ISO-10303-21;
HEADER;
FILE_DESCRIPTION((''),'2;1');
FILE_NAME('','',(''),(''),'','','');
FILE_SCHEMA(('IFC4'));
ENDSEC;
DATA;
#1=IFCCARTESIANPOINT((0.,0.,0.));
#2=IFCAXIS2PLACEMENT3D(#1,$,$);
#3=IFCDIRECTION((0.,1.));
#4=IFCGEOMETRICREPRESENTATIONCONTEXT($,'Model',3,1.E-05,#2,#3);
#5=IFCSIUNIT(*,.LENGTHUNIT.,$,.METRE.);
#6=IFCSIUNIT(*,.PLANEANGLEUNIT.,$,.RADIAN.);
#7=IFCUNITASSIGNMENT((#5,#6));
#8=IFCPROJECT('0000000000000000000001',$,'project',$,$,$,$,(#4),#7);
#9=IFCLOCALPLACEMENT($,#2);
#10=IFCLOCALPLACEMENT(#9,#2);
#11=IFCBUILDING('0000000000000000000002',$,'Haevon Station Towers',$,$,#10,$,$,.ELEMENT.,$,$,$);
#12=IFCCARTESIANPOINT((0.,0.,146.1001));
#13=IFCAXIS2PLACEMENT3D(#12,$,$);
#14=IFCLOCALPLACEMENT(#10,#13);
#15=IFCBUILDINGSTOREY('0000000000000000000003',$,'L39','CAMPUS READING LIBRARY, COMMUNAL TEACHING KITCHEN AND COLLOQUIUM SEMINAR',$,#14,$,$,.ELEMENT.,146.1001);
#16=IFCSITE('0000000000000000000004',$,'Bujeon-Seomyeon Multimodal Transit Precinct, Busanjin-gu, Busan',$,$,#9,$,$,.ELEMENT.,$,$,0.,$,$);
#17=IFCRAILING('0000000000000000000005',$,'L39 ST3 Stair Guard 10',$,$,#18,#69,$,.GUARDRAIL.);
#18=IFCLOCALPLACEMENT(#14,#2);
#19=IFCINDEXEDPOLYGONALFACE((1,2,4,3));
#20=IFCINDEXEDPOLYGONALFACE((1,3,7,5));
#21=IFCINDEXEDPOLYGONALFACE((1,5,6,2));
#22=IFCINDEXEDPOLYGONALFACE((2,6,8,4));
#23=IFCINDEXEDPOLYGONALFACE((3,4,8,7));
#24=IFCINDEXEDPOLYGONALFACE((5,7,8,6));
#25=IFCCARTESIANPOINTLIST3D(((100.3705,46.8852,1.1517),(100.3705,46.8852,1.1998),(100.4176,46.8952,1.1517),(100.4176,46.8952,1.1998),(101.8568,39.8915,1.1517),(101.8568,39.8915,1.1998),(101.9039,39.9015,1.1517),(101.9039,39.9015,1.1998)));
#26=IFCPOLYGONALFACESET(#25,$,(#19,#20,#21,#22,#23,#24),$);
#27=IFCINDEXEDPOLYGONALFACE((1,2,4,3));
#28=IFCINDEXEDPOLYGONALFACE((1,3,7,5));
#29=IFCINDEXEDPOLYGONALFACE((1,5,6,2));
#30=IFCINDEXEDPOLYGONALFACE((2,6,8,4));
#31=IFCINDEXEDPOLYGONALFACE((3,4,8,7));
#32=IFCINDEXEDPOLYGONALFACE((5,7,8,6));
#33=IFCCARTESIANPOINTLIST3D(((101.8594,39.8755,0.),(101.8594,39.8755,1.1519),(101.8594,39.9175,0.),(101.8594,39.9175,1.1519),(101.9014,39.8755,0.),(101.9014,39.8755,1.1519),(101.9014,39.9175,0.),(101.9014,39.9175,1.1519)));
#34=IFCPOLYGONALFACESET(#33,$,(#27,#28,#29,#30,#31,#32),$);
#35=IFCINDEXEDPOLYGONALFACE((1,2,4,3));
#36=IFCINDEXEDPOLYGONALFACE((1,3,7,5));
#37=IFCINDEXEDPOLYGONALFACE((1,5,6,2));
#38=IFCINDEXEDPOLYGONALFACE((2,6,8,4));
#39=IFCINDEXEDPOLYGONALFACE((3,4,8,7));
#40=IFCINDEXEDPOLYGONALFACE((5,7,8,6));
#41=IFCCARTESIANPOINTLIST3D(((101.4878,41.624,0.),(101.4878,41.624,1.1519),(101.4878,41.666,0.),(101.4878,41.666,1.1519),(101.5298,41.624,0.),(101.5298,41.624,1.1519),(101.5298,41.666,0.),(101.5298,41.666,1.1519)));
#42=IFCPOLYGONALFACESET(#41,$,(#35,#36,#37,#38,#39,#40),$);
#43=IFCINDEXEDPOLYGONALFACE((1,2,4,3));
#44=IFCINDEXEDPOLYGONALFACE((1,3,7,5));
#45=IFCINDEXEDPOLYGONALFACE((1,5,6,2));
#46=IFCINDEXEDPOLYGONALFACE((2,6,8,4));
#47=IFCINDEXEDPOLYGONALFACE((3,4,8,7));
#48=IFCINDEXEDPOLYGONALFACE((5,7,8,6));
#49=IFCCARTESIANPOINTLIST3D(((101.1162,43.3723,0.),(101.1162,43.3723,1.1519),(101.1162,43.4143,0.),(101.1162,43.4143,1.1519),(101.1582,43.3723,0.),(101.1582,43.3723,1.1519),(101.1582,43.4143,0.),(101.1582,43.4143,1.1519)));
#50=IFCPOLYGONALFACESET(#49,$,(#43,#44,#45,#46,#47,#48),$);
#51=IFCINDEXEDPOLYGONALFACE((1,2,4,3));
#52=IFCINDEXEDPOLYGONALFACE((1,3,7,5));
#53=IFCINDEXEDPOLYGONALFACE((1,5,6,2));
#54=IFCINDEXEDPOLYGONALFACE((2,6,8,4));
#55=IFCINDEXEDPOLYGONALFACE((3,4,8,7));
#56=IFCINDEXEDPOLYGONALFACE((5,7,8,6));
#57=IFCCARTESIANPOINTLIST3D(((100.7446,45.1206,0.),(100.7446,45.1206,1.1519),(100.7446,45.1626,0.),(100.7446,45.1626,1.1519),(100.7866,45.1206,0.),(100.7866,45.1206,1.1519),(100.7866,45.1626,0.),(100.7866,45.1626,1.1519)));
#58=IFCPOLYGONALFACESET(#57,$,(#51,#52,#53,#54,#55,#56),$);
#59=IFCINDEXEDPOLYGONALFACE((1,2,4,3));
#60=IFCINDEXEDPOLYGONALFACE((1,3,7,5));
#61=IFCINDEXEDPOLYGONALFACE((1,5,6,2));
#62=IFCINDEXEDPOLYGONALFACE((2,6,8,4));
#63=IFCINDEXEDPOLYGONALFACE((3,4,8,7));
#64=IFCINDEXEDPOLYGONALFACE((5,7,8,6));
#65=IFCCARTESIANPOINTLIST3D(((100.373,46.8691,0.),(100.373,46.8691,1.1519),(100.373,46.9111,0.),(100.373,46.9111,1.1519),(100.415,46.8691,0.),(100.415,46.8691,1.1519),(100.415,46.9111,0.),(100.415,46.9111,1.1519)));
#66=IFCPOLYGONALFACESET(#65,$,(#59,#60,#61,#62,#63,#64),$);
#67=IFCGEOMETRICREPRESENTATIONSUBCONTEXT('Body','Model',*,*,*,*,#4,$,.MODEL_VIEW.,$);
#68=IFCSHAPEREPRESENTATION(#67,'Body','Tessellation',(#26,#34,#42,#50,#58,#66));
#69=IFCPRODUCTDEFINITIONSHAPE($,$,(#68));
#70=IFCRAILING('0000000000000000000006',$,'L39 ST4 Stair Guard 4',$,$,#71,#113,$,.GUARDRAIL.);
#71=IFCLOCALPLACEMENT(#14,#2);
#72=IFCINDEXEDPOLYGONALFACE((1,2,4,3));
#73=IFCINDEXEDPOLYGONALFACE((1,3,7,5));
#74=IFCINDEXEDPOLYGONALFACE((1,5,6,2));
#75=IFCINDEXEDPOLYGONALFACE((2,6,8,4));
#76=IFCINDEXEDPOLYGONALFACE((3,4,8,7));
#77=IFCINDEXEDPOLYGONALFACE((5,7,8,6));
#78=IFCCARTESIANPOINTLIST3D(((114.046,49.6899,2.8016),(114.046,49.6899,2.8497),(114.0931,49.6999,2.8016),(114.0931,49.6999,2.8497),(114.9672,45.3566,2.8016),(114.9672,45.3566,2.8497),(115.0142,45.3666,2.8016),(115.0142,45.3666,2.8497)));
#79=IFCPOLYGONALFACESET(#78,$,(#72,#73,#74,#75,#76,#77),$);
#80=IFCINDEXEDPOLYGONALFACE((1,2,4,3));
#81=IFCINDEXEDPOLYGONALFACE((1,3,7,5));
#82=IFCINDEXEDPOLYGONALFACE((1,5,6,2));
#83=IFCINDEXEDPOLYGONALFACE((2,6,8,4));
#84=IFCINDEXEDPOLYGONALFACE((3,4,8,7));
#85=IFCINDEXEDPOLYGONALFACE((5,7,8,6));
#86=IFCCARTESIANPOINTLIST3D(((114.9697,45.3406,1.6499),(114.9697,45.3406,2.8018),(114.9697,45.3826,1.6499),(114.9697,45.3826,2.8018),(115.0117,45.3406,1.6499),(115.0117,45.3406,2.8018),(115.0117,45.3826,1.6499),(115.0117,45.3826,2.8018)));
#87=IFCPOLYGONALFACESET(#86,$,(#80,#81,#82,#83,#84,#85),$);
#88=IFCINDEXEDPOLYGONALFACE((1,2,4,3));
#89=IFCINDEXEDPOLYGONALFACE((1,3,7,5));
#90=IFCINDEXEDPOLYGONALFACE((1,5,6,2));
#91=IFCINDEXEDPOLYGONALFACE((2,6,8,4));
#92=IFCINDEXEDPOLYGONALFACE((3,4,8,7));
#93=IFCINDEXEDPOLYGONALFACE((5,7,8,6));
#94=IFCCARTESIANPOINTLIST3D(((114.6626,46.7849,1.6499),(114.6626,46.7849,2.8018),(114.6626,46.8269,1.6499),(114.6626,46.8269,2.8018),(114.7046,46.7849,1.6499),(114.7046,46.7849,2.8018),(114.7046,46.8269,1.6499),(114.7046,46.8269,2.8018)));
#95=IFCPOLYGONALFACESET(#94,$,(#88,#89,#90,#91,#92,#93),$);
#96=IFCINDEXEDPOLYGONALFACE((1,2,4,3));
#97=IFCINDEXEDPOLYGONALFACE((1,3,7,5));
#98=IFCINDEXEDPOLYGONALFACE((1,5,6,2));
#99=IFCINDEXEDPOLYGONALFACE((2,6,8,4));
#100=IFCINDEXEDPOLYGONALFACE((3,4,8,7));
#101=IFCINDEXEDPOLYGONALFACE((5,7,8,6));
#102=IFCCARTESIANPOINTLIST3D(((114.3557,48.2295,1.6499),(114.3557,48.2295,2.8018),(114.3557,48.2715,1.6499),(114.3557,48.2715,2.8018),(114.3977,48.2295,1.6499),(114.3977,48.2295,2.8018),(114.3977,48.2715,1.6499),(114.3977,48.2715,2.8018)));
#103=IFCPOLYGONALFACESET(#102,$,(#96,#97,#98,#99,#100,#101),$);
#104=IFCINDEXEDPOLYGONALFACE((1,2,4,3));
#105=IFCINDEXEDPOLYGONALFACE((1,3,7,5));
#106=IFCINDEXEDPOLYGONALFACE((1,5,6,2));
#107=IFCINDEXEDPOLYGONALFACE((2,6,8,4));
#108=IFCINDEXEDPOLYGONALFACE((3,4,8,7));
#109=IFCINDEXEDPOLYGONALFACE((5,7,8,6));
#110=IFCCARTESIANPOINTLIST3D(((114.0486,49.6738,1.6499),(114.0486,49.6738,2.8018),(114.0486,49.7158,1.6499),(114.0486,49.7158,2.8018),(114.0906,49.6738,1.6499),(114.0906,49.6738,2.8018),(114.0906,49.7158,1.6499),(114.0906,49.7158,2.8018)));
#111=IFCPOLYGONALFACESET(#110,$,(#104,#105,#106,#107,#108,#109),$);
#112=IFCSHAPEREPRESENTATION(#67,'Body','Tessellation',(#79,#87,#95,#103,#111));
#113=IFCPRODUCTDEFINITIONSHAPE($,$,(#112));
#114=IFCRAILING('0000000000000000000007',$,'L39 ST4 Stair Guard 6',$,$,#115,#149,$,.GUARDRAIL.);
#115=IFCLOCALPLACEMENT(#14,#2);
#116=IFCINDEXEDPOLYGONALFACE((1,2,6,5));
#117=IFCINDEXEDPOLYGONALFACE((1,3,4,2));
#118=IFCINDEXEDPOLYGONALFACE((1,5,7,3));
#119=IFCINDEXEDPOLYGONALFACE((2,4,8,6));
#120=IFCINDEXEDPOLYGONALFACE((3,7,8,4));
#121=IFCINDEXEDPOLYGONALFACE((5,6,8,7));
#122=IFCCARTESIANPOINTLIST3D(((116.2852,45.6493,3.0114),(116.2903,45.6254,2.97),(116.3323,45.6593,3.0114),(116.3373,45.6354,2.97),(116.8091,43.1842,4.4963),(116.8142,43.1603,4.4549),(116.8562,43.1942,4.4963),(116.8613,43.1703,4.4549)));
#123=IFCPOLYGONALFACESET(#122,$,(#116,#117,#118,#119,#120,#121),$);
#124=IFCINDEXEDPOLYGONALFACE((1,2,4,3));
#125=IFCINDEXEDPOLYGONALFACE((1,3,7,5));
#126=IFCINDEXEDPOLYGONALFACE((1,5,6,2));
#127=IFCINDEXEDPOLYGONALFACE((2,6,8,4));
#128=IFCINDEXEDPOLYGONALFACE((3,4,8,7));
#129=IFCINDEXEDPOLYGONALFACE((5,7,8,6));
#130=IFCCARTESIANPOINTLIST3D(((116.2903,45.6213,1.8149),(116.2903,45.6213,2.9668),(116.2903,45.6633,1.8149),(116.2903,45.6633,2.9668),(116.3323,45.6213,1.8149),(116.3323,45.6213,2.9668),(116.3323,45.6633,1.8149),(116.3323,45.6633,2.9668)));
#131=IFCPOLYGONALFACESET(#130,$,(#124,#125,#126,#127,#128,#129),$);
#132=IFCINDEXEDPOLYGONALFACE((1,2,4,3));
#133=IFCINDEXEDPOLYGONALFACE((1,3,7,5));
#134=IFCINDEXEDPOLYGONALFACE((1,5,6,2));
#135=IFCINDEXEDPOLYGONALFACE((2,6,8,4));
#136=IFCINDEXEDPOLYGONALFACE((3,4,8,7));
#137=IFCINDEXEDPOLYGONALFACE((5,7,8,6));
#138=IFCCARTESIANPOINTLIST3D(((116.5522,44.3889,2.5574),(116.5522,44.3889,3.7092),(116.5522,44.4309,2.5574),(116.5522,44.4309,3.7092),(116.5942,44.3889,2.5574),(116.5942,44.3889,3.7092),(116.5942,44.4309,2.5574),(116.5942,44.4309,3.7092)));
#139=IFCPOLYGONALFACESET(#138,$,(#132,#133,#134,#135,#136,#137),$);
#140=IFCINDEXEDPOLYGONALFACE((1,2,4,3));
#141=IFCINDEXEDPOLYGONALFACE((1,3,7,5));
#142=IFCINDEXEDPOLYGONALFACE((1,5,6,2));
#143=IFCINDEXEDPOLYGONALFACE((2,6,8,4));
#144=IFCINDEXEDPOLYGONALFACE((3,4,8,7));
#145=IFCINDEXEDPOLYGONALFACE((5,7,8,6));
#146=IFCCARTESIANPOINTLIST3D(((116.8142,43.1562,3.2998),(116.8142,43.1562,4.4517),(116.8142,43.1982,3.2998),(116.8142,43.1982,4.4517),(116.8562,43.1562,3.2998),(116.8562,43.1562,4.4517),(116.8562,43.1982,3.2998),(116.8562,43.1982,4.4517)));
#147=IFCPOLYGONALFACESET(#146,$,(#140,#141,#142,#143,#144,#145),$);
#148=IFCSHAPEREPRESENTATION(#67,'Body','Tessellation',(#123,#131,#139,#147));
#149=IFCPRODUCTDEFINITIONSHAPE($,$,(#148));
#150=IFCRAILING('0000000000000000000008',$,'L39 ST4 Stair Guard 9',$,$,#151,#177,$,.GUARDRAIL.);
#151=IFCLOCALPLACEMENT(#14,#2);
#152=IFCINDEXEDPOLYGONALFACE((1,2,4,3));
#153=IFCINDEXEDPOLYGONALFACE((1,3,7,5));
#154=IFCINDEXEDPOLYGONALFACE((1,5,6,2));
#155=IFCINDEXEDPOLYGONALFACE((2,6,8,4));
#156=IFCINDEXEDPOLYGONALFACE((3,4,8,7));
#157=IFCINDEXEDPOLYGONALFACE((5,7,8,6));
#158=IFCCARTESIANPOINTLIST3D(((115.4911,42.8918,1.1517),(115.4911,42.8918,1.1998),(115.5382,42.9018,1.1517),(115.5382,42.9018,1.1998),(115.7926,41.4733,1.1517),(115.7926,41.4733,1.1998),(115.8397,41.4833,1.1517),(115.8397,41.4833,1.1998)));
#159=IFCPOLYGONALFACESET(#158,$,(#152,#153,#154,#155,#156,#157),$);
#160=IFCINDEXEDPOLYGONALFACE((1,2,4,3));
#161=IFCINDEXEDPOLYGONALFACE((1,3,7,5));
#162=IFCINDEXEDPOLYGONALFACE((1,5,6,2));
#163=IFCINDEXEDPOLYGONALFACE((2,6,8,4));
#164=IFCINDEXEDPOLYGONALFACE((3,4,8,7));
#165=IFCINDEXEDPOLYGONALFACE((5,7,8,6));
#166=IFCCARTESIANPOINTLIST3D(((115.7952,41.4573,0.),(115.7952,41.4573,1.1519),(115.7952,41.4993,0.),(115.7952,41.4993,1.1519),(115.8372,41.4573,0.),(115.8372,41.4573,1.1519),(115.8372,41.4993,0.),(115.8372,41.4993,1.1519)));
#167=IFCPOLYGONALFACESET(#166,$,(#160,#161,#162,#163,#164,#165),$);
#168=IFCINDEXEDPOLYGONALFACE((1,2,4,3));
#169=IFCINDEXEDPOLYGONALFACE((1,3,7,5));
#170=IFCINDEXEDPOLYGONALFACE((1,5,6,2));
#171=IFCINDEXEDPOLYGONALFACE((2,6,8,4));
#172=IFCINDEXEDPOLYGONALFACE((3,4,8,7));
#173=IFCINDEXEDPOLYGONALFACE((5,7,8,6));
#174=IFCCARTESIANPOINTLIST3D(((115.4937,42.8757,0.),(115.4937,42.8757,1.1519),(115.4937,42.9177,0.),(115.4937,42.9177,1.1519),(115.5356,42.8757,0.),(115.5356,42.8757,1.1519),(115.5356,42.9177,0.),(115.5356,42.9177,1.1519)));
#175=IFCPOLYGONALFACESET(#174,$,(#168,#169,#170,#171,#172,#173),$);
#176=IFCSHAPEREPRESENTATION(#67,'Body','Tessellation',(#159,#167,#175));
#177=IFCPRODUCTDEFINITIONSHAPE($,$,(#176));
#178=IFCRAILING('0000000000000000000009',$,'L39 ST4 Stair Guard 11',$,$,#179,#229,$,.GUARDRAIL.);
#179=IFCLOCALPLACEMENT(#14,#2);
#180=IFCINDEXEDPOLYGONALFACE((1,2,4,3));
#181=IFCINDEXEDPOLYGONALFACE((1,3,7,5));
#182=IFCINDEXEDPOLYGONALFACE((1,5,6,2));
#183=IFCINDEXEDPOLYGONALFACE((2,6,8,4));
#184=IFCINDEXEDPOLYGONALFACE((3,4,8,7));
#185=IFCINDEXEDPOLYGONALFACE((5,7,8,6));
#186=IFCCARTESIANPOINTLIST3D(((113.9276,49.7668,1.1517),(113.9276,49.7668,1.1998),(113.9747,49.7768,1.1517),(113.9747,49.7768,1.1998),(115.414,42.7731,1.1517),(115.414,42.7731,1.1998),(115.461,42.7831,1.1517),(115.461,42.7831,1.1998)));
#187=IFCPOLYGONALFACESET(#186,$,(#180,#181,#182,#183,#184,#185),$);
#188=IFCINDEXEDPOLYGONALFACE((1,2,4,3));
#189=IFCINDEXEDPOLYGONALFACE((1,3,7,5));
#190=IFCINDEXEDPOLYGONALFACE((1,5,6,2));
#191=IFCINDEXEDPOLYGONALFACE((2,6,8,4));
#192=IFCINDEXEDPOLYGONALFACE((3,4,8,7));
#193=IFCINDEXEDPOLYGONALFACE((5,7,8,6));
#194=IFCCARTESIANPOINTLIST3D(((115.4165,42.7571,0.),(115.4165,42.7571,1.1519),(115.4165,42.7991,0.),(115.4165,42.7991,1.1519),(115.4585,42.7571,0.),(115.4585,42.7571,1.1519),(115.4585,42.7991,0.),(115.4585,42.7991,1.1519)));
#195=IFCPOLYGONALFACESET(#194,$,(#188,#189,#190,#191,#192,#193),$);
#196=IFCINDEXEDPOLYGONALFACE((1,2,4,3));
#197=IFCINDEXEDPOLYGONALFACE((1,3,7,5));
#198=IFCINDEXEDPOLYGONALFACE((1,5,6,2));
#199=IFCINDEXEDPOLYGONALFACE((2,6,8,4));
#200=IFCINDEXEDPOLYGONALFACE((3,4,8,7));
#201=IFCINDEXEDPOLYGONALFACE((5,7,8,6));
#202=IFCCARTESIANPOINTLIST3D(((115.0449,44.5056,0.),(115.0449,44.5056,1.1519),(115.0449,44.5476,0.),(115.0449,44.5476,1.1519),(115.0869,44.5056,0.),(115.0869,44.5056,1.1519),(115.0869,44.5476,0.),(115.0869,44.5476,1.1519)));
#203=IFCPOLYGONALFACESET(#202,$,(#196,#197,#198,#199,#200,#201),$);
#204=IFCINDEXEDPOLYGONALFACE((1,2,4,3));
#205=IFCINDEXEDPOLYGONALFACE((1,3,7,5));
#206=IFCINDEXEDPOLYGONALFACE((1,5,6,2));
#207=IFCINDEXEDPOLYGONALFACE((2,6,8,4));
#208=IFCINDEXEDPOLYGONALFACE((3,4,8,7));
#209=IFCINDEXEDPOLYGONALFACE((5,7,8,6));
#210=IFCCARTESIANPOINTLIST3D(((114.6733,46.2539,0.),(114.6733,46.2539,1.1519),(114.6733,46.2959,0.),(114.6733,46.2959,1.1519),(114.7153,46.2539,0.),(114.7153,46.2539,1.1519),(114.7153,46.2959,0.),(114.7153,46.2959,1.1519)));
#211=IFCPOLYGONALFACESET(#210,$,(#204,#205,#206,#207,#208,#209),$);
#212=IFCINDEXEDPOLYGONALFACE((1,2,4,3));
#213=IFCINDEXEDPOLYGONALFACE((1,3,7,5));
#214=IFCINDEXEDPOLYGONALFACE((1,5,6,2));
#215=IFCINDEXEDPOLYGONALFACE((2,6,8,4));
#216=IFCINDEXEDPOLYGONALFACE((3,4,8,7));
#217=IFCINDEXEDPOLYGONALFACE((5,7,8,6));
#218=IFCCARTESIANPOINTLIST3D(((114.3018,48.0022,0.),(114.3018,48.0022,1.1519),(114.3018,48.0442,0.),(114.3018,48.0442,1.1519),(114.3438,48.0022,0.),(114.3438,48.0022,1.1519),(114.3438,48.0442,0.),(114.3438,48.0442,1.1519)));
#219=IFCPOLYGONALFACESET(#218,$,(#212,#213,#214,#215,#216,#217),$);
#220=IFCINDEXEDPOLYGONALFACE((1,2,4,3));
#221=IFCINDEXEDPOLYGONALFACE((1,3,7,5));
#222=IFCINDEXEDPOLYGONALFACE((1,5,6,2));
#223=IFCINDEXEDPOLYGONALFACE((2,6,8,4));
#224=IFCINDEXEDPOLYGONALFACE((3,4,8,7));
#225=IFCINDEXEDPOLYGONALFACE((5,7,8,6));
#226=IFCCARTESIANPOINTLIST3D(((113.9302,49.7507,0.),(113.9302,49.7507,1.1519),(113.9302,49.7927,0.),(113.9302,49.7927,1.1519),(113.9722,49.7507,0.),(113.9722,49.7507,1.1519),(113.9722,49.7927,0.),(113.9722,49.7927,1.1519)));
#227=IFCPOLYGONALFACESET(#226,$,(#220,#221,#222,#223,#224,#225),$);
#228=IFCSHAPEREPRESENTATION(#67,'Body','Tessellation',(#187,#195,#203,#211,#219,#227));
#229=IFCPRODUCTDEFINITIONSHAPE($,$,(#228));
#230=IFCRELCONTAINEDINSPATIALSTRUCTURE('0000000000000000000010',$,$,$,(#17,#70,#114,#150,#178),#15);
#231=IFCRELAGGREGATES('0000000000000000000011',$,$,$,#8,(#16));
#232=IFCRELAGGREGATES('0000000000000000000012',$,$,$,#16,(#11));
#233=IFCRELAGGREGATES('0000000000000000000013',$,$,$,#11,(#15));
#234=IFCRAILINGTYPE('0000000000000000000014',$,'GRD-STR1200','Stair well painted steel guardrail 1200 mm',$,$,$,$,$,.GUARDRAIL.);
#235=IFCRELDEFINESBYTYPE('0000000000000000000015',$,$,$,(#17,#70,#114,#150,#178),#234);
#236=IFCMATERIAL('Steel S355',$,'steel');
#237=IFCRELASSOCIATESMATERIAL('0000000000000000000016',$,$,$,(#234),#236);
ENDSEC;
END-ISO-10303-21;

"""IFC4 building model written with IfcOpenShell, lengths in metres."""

from ifc_helpers import new_model, si_unit, direction, frame, origin, origin_2d, place, context, subcontext, project, spatial, rectangle, extrude, material, type_object, element, save


model = new_model("IFC4")

# Units and contexts
model_context = context("Model", 3, precision=1e-05, world=origin(), true_north=direction((0.0, 1.0)))
body_context = subcontext(model_context, "Body", "Model", "MODEL_VIEW")
ifc_project = project(units=[si_unit("LENGTHUNIT", "METRE"), si_unit("PLANEANGLEUNIT", "RADIAN")], contexts=[model_context])

# Site, building, storey
site_placement = place(None, origin())
site = spatial("IfcSite", under=ifc_project, at=site_placement, Name="Bujeon-Seomyeon Multimodal Transit Precinct, Busanjin-gu, Busan", CompositionType="ELEMENT", RefElevation=0.0)
building_placement = place(site_placement, origin())
building = spatial("IfcBuilding", under=site, at=building_placement, Name="Haevon Station Towers", CompositionType="ELEMENT")
storey_placement = place(building_placement, frame((0.0, 0.0, 146.1001)))
storey = spatial("IfcBuildingStorey", under=building, at=storey_placement, Name="L39", Description="CAMPUS READING LIBRARY, COMMUNAL TEACHING KITCHEN AND COLLOQUIUM SEMINAR", CompositionType="ELEMENT", Elevation=146.1001)

# Shared definitions
ifc_material_1 = material(Name="Steel S355", Category="steel")

# Railings
railing_type_1 = type_object("IfcRailingType", Name="GRD-STR1200", Description="Stair well painted steel guardrail 1200 mm", PredefinedType="GUARDRAIL", material=ifc_material_1)
railing_1_placement = place(storey_placement, frame((101.8804, 39.8965, 0.0)))
element("IfcRailing", 1, at=railing_1_placement, inside=storey, type_object=railing_type_1, Name="L39 ST3 Stair Guard 10", PredefinedType="GUARDRAIL", context=body_context, shape_type="SweptSolid", body=[
    extrude(rectangle(XDim=0.0481, YDim=0.0481, at=origin_2d()), frame((0.0, 0.0, 1.1758), z_axis=(-0.207882, 0.978154, 0.0), x_axis=(-0.978154, -0.207882, 0.0)), (0.0, 0.0, 1.0), 7.1499),
    extrude(rectangle(XDim=0.042, YDim=0.042, at=origin_2d()), origin(), (0.0, 0.0, 1.0), 1.1519),
    extrude(rectangle(XDim=0.042, YDim=0.042, at=origin_2d()), frame((-0.3716, 1.7485, 0.0)), (0.0, 0.0, 1.0), 1.1519),
    extrude(rectangle(XDim=0.042, YDim=0.042, at=origin_2d()), frame((-0.7432, 3.4968, 0.0)), (0.0, 0.0, 1.0), 1.1519),
    extrude(rectangle(XDim=0.042, YDim=0.042, at=origin_2d()), frame((-1.1147, 5.2451, 0.0)), (0.0, 0.0, 1.0), 1.1519),
    extrude(rectangle(XDim=0.042, YDim=0.042, at=origin_2d()), frame((-1.4863, 6.9937, 0.0)), (0.0, 0.0, 1.0), 1.1519),
])
railing_2_placement = place(storey_placement, frame((114.9907, 45.3616, 1.6499)))
element("IfcRailing", 2, at=railing_2_placement, inside=storey, type_object=railing_type_1, Name="L39 ST4 Stair Guard 4", PredefinedType="GUARDRAIL", context=body_context, shape_type="SweptSolid", body=[
    extrude(rectangle(XDim=0.0481, YDim=0.0481, at=origin_2d()), frame((0.0, 0.0, 1.1758), z_axis=(-0.207929, 0.978144, 0.0), x_axis=(-0.978144, -0.207929, 0.0)), (0.0, 0.0, 1.0), 4.4302),
    extrude(rectangle(XDim=0.042, YDim=0.042, at=origin_2d()), origin(), (0.0, 0.0, 1.0), 1.1519),
    extrude(rectangle(XDim=0.042, YDim=0.042, at=origin_2d()), frame((-0.3071, 1.4443, 0.0)), (0.0, 0.0, 1.0), 1.1519),
    extrude(rectangle(XDim=0.042, YDim=0.042, at=origin_2d()), frame((-0.614, 2.8889, 0.0)), (0.0, 0.0, 1.0), 1.1519),
    extrude(rectangle(XDim=0.042, YDim=0.042, at=origin_2d()), frame((-0.9211, 4.3333, 0.0)), (0.0, 0.0, 1.0), 1.1519),
])
railing_3_placement = place(storey_placement, frame((116.3113, 45.6423, 1.8149)))
element("IfcRailing", 3, at=railing_3_placement, inside=storey, type_object=railing_type_1, Name="L39 ST4 Stair Guard 6", PredefinedType="GUARDRAIL", context=body_context, shape_type="SweptSolid", body=[
    extrude(rectangle(XDim=0.0481, YDim=0.0481, at=origin_2d()), frame((0.0, 0.0, 1.1758), z_axis=(0.179116, -0.842748, 0.507635), x_axis=(0.978151, 0.207895, 0.0)), (0.0, 0.0, 1.0), 2.925),
    extrude(rectangle(XDim=0.042, YDim=0.042, at=origin_2d()), origin(), (0.0, 0.0, 1.0), 1.1519),
    extrude(rectangle(XDim=0.042, YDim=0.042, at=origin_2d()), frame((0.262, -1.2324, 0.7424)), (0.0, 0.0, 1.0), 1.1519),
    extrude(rectangle(XDim=0.042, YDim=0.042, at=origin_2d()), frame((0.5239, -2.4651, 1.4849)), (0.0, 0.0, 1.0), 1.1519),
])
railing_4_placement = place(storey_placement, frame((115.8162, 41.4783, 0.0)))
element("IfcRailing", 4, at=railing_4_placement, inside=storey, type_object=railing_type_1, Name="L39 ST4 Stair Guard 9", PredefinedType="GUARDRAIL", context=body_context, shape_type="SweptSolid", body=[
    extrude(rectangle(XDim=0.0481, YDim=0.0481, at=origin_2d()), frame((0.0, 0.0, 1.1758), z_axis=(-0.207919, 0.978146, 0.0), x_axis=(-0.978146, -0.207919, 0.0)), (0.0, 0.0, 1.0), 1.4502),
    extrude(rectangle(XDim=0.042, YDim=0.042, at=origin_2d()), origin(), (0.0, 0.0, 1.0), 1.1519),
    extrude(rectangle(XDim=0.042, YDim=0.042, at=origin_2d()), frame((-0.3015, 1.4185, 0.0)), (0.0, 0.0, 1.0), 1.1519),
])
railing_5_placement = place(storey_placement, frame((115.4375, 42.7781, 0.0)))
element("IfcRailing", 5, at=railing_5_placement, inside=storey, type_object=railing_type_1, Name="L39 ST4 Stair Guard 11", PredefinedType="GUARDRAIL", context=body_context, shape_type="SweptSolid", body=[
    extrude(rectangle(XDim=0.0481, YDim=0.0481, at=origin_2d()), frame((0.0, 0.0, 1.1758), z_axis=(-0.207882, 0.978154, 0.0), x_axis=(-0.978154, -0.207882, 0.0)), (0.0, 0.0, 1.0), 7.1499),
    extrude(rectangle(XDim=0.042, YDim=0.042, at=origin_2d()), origin(), (0.0, 0.0, 1.0), 1.1519),
    extrude(rectangle(XDim=0.042, YDim=0.042, at=origin_2d()), frame((-0.3716, 1.7485, 0.0)), (0.0, 0.0, 1.0), 1.1519),
    extrude(rectangle(XDim=0.042, YDim=0.042, at=origin_2d()), frame((-0.7432, 3.4968, 0.0)), (0.0, 0.0, 1.0), 1.1519),
    extrude(rectangle(XDim=0.042, YDim=0.042, at=origin_2d()), frame((-1.1147, 5.2451, 0.0)), (0.0, 0.0, 1.0), 1.1519),
    extrude(rectangle(XDim=0.042, YDim=0.042, at=origin_2d()), frame((-1.4863, 6.9937, 0.0)), (0.0, 0.0, 1.0), 1.1519),
])

save(model, "model.ifc")
